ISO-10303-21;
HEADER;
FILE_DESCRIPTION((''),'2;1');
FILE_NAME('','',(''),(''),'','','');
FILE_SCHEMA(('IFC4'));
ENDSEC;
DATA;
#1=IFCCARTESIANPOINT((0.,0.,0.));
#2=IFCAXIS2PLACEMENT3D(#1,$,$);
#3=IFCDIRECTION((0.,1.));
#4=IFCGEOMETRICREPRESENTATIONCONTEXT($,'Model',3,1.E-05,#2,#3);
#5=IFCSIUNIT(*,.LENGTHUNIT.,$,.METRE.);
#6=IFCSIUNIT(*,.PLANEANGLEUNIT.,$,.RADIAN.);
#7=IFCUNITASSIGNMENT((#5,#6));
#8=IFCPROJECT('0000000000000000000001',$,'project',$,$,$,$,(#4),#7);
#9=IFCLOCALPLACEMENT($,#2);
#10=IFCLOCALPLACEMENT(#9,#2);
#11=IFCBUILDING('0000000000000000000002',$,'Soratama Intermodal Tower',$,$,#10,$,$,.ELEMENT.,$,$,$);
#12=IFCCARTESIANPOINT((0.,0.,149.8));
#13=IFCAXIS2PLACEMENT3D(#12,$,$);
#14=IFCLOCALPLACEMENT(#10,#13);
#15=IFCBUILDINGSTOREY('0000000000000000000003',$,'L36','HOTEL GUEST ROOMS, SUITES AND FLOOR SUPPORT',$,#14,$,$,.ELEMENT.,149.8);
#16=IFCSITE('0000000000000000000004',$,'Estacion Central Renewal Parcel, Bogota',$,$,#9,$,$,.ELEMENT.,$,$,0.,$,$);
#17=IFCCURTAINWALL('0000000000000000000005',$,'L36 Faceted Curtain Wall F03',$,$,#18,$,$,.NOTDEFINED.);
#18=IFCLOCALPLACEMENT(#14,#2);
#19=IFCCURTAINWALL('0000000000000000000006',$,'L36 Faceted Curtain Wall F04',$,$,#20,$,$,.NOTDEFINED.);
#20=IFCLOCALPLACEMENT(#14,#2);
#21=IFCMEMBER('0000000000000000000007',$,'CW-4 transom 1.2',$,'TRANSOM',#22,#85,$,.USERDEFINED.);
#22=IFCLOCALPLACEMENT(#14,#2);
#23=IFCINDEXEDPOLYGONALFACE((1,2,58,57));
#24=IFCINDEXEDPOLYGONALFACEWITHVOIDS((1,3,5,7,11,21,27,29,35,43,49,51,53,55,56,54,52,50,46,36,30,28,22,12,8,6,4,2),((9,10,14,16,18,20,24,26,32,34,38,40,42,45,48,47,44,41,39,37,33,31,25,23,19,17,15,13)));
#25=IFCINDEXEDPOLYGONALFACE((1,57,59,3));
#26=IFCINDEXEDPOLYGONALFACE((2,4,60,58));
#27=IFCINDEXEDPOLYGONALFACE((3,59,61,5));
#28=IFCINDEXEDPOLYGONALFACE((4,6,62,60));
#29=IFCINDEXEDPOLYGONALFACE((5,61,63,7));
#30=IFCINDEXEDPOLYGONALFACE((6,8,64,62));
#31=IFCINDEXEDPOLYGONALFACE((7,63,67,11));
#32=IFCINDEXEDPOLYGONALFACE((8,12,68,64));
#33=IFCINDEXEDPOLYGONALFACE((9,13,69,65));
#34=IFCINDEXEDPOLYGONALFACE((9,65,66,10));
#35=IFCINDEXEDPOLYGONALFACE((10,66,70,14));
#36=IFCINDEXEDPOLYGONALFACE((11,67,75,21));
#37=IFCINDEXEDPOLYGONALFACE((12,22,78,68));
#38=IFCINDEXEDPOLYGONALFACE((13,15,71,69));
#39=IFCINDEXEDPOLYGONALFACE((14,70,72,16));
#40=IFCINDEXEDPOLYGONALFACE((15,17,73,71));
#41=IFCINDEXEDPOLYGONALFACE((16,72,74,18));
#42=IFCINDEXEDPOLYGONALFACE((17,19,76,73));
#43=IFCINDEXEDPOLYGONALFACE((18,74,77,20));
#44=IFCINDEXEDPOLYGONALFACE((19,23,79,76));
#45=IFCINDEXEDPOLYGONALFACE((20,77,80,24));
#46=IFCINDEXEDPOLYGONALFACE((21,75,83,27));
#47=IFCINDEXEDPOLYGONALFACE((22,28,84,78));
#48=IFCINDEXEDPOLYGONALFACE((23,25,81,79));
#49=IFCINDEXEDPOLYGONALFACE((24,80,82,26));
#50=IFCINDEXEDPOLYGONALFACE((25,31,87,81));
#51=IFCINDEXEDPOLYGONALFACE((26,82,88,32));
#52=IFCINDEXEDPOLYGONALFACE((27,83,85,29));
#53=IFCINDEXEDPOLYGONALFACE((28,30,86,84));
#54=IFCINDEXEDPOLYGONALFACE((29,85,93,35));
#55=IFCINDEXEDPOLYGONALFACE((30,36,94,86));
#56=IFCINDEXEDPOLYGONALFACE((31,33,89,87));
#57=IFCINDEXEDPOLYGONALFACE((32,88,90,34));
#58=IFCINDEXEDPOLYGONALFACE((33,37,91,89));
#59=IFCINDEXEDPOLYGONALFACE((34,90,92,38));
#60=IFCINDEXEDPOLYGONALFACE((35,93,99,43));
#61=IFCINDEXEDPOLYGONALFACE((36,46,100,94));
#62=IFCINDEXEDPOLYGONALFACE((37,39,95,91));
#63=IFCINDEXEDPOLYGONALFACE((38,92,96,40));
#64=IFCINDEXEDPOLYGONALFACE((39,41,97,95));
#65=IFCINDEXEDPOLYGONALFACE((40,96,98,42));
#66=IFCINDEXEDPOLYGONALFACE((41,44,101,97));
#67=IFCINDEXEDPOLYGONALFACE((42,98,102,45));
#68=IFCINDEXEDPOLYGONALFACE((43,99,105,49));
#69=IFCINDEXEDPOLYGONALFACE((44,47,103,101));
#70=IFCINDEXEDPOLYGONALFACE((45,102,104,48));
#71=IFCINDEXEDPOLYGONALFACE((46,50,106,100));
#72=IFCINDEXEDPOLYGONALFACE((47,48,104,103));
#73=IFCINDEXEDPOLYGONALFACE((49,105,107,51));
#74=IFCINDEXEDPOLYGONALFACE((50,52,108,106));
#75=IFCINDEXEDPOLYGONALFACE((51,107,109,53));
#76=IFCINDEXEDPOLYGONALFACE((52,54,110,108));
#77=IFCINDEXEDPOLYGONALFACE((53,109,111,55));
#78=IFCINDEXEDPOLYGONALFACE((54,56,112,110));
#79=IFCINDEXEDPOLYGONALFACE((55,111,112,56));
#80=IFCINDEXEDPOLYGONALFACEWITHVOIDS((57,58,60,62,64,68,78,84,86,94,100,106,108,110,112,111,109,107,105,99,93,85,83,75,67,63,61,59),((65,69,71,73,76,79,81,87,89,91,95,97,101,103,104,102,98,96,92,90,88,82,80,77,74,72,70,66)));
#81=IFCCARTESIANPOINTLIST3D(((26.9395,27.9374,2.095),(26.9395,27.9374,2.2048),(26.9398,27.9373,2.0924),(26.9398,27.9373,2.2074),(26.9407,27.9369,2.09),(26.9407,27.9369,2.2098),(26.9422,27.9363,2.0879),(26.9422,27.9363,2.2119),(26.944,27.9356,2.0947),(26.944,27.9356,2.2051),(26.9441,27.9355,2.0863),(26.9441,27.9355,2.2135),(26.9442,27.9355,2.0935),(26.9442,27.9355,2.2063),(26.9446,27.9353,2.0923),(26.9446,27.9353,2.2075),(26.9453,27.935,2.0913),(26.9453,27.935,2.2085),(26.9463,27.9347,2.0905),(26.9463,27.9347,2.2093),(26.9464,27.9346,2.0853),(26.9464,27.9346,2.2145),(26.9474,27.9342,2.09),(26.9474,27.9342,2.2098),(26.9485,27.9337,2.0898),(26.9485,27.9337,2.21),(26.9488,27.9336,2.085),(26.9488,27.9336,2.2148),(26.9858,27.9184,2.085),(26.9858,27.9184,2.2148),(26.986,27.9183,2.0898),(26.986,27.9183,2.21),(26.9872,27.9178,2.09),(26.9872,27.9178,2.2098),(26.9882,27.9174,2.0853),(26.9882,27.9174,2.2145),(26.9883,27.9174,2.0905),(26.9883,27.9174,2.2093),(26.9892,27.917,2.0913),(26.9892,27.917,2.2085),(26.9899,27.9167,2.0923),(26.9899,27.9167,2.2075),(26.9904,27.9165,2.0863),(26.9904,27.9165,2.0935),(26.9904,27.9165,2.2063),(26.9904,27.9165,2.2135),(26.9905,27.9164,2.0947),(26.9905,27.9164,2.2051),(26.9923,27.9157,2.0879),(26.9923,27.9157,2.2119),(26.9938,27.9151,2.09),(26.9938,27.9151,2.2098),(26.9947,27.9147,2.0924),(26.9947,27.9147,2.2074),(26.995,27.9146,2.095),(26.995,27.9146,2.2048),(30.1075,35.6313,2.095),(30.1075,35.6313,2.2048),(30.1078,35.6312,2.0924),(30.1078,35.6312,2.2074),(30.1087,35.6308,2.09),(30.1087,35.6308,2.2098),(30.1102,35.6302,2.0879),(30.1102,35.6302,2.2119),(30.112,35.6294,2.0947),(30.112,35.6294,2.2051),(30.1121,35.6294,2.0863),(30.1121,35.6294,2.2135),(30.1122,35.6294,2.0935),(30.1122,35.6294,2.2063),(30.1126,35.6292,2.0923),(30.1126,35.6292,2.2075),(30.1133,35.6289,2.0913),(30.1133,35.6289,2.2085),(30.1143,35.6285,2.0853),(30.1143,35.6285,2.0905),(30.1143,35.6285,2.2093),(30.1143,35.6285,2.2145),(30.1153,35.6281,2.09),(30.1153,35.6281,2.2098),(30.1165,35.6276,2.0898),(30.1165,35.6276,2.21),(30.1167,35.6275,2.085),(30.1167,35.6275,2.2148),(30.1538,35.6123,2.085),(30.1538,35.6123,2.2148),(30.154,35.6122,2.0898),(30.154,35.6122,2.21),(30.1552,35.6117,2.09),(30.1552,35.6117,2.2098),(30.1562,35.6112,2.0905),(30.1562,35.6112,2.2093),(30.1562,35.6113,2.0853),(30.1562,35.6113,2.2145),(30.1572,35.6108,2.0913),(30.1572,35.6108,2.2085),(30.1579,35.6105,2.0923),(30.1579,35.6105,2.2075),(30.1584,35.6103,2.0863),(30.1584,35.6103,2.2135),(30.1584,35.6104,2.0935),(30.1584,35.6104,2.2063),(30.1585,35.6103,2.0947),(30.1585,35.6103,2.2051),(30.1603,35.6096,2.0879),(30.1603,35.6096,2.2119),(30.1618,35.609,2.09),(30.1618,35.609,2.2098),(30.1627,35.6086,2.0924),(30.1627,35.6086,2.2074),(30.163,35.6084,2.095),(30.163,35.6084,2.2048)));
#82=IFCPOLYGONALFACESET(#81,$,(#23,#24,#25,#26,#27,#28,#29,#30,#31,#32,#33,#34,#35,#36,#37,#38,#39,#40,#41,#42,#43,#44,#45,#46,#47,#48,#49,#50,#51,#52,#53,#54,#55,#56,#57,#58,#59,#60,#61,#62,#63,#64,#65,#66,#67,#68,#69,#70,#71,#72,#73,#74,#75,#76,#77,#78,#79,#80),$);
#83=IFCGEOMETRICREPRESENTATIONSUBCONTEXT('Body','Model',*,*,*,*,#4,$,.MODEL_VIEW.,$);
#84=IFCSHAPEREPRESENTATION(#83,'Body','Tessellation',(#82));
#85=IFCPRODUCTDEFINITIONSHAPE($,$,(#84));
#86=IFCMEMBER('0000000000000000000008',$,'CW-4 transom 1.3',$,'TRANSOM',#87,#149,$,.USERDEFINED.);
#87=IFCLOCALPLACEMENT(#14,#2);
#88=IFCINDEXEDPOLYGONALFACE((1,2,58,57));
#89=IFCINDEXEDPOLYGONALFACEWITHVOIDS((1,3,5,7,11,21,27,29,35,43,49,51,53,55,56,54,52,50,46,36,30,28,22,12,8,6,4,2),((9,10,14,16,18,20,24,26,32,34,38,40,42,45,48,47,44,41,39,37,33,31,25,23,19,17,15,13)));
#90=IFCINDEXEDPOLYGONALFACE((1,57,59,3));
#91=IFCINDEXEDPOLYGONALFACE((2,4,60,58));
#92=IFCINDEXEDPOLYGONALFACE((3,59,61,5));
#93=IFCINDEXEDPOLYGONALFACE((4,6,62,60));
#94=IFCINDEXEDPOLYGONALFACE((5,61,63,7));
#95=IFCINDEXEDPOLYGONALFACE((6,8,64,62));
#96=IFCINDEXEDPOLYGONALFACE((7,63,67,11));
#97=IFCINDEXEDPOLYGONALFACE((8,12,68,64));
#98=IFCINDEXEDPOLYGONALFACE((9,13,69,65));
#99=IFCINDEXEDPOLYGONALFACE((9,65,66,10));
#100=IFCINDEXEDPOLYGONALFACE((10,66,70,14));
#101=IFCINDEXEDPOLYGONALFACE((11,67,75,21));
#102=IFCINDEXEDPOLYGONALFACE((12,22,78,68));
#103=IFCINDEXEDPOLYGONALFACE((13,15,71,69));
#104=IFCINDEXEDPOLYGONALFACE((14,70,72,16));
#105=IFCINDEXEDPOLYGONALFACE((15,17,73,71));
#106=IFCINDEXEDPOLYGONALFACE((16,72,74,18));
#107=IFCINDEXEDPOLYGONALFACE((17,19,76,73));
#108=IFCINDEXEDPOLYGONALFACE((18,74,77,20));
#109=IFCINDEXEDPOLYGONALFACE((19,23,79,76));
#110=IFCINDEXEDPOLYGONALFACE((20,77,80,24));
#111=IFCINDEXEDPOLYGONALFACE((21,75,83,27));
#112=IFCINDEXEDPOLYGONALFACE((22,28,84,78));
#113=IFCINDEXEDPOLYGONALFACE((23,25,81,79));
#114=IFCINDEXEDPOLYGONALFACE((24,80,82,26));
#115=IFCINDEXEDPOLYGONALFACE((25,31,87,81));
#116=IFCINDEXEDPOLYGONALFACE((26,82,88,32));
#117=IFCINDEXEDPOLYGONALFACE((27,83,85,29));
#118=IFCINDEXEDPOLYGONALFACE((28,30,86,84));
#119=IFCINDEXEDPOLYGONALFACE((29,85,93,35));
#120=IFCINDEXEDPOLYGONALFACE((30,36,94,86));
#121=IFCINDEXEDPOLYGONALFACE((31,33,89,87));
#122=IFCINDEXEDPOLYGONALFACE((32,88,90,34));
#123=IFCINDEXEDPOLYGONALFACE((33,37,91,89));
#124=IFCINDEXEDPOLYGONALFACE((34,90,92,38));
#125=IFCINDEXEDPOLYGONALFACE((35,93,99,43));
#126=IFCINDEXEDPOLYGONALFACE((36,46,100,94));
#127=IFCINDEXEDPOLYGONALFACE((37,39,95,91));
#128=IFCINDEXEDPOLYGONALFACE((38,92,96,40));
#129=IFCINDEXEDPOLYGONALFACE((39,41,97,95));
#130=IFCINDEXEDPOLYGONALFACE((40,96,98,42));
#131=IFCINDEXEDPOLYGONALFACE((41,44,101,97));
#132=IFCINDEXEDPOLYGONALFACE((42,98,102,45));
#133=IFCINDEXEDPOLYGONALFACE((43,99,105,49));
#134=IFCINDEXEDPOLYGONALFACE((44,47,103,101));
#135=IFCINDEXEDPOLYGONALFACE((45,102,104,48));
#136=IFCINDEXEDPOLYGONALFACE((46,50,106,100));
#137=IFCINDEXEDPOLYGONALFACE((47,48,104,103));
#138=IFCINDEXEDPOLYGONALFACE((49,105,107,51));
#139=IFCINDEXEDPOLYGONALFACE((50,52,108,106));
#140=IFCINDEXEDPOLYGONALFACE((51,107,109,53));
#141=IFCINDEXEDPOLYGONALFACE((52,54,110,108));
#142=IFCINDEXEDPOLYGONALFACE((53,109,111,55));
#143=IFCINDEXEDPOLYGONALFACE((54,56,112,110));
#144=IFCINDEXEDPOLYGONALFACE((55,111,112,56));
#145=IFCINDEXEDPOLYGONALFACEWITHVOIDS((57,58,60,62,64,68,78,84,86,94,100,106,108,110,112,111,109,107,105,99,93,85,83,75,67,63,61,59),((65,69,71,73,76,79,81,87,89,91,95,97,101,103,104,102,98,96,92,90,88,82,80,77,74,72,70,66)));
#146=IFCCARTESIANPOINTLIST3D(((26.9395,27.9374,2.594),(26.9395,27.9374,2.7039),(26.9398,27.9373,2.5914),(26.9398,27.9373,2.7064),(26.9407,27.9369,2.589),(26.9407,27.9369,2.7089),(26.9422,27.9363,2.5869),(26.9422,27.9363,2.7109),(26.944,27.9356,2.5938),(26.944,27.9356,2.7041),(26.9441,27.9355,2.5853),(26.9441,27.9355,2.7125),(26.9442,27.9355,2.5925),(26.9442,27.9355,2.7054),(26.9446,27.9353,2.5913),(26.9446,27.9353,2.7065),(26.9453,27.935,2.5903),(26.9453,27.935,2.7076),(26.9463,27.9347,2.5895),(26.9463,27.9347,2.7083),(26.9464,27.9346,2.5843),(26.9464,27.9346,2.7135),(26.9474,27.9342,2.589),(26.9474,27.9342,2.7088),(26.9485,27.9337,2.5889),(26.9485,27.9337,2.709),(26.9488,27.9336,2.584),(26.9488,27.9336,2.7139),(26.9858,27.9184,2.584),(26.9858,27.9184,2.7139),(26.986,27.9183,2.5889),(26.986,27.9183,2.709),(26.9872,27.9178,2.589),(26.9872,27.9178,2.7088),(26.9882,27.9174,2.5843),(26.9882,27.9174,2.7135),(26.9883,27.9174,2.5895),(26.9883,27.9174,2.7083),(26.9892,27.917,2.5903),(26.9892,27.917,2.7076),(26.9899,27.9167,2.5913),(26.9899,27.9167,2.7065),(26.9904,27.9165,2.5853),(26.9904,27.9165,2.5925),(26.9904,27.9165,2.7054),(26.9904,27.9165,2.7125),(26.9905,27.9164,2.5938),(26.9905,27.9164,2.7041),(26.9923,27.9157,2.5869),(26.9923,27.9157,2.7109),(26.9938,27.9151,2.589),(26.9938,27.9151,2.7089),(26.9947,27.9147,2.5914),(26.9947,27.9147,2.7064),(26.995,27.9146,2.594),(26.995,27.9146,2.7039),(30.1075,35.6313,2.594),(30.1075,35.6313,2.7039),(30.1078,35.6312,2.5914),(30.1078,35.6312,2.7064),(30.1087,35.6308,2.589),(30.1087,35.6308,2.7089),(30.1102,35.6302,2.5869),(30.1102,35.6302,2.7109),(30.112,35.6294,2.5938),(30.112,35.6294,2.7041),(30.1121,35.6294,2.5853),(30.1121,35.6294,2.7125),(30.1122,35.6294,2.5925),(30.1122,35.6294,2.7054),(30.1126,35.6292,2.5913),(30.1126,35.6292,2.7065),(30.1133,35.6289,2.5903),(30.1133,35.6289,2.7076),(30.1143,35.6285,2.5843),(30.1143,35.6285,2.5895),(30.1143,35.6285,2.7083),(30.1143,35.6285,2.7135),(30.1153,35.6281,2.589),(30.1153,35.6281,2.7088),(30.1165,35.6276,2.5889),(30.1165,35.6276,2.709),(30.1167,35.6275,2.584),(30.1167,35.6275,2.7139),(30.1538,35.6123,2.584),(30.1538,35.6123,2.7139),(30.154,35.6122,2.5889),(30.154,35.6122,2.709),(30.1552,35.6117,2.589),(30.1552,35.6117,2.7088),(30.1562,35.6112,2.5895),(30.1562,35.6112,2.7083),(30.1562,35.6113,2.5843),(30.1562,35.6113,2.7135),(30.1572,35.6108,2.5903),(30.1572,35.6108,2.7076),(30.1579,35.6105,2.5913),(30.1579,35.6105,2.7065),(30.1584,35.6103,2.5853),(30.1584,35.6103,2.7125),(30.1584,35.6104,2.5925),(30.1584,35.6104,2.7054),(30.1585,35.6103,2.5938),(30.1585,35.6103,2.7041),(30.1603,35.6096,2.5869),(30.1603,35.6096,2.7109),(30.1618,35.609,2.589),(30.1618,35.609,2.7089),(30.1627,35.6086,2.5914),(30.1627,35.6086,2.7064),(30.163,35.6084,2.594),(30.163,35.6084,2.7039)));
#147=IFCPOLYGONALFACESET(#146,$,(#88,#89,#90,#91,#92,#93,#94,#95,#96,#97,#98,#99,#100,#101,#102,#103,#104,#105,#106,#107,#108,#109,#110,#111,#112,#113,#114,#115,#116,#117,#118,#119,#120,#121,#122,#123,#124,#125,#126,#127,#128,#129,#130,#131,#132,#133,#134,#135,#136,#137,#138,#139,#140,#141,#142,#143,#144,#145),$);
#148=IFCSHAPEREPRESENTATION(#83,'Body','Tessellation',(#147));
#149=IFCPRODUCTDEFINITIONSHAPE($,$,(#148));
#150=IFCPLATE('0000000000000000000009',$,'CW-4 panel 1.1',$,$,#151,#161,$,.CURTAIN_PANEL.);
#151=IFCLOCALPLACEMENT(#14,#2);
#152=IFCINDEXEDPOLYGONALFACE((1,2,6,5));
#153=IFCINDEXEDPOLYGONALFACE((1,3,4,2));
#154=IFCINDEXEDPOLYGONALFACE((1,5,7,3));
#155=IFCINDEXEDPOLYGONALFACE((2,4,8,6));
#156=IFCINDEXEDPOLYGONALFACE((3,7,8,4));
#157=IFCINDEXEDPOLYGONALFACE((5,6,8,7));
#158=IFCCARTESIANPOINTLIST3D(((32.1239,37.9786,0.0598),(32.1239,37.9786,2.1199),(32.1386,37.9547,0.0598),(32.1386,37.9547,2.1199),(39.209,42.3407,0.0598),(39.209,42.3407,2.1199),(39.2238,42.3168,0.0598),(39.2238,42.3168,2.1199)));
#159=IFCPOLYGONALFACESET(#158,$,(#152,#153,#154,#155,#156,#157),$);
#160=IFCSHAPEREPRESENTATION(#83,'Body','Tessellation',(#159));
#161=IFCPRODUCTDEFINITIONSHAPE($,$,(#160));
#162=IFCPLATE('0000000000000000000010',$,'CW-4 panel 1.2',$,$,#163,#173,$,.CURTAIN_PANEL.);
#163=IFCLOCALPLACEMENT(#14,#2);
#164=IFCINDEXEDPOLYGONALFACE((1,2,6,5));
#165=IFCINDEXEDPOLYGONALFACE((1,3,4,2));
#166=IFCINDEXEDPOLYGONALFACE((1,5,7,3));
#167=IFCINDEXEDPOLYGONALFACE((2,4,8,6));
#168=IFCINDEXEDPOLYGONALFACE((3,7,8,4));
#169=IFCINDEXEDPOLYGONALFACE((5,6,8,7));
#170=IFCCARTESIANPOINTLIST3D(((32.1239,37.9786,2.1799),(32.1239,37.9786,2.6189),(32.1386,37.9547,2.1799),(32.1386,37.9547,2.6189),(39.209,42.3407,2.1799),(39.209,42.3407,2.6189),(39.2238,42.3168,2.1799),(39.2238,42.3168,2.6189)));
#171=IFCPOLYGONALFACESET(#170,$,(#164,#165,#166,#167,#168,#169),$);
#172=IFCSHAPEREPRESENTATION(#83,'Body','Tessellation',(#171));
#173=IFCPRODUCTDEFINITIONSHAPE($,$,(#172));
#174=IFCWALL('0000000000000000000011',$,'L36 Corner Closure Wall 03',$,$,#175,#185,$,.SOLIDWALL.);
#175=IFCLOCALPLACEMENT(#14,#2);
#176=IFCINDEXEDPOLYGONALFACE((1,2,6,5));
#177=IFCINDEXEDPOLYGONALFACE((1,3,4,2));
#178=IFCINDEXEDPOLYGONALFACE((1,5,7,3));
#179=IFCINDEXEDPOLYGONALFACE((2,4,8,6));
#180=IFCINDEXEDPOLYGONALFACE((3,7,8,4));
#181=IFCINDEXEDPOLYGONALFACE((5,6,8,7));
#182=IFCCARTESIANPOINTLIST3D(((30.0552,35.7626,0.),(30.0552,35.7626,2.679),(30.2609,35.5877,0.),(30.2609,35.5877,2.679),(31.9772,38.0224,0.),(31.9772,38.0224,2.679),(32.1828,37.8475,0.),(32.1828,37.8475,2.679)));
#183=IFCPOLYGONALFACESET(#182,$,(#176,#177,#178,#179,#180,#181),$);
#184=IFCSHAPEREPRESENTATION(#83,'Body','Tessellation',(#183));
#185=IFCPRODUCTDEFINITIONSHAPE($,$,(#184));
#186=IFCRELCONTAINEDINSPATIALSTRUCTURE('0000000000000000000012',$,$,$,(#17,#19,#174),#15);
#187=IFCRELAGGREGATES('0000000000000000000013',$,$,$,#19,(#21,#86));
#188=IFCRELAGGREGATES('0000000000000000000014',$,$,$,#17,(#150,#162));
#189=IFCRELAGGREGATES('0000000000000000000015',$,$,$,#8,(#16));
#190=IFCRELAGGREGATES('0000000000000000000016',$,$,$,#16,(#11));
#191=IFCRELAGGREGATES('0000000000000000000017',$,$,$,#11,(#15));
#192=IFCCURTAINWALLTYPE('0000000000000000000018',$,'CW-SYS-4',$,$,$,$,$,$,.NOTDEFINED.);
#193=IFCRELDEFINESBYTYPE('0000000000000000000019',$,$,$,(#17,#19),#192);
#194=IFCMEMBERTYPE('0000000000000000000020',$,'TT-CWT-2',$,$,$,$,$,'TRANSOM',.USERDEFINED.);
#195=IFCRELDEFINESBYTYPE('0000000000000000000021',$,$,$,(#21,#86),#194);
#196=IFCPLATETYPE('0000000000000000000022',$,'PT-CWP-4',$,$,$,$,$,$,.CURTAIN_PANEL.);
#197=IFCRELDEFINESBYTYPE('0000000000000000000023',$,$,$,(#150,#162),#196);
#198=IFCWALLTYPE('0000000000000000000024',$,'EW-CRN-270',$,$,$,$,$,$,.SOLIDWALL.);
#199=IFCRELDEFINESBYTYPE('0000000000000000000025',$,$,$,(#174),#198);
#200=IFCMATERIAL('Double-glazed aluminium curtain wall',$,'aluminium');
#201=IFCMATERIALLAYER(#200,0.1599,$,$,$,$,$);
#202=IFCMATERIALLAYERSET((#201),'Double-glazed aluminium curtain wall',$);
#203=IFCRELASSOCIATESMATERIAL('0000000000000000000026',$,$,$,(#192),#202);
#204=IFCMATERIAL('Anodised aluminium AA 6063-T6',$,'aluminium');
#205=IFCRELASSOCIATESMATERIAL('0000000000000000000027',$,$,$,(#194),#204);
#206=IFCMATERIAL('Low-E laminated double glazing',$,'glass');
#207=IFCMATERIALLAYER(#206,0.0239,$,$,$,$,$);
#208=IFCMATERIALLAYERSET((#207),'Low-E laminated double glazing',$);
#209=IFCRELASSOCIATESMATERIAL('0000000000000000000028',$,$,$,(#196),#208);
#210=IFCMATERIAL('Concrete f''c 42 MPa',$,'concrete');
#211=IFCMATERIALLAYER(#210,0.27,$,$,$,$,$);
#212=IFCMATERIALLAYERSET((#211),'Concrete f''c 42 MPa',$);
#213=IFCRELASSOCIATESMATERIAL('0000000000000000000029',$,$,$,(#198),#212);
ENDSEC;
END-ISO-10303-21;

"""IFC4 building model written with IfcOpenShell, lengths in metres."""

from ifc_helpers import new_model, si_unit, direction, frame, frame_2d, origin, origin_2d, place, context, subcontext, project, spatial, rectangle, hollow_rectangle, extrude, material, layer, layer_set, material_profile, profile_set, type_object, element, aggregate, save


model = new_model("IFC4")

# Units and contexts
model_context = context("Model", 3, precision=1e-05, world=origin(), true_north=direction((0.0, 1.0)))
body_context = subcontext(model_context, "Body", "Model", "MODEL_VIEW")
ifc_project = project(units=[si_unit("LENGTHUNIT", "METRE"), si_unit("PLANEANGLEUNIT", "RADIAN")], contexts=[model_context])

# Site, building, storey
site_placement = place(None, origin())
site = spatial("IfcSite", under=ifc_project, at=site_placement, Name="Estacion Central Renewal Parcel, Bogota", CompositionType="ELEMENT", RefElevation=0.0)
building_placement = place(site_placement, origin())
building = spatial("IfcBuilding", under=site, at=building_placement, Name="Soratama Intermodal Tower", CompositionType="ELEMENT")
storey_placement = place(building_placement, frame((0.0, 0.0, 149.8)))
storey = spatial("IfcBuildingStorey", under=building, at=storey_placement, Name="L36", Description="HOTEL GUEST ROOMS, SUITES AND FLOOR SUPPORT", CompositionType="ELEMENT", Elevation=149.8)

# Curtain wall
ifc_material_1 = material(Name="Double-glazed aluminium curtain wall", Category="aluminium")
ifc_layer_1 = layer(ifc_material_1, 0.1599)
ifc_layer_set_1 = layer_set([ifc_layer_1], Name="Double-glazed aluminium curtain wall")
curtain_wall_type = type_object("IfcCurtainWallType", Name="CW-SYS-4", PredefinedType="NOTDEFINED", material=ifc_layer_set_1)
curtain_wall_1_placement = place(storey_placement, origin())
curtain_wall_1 = element("IfcCurtainWall", 1, at=curtain_wall_1_placement, inside=storey, type_object=curtain_wall_type, Name="L36 Faceted Curtain Wall F03", PredefinedType="NOTDEFINED")

# Curtain wall
curtain_wall_2_placement = place(storey_placement, origin())
curtain_wall_2 = element("IfcCurtainWall", 2, at=curtain_wall_2_placement, inside=storey, type_object=curtain_wall_type, Name="L36 Faceted Curtain Wall F04", PredefinedType="NOTDEFINED")

# Members
ifc_material_2 = material(Name="Anodised aluminium AA 6063-T6", Category="aluminium")
ifc_material_profile_1 = material_profile(ifc_material_2, hollow_rectangle(XDim=0.0601, YDim=0.1299, WallThickness=0.0049, InnerFilletRadius=0.0049, OuterFilletRadius=0.01, at=origin_2d()), Name="CWT130X60X5")
ifc_profile_set_1 = profile_set([ifc_material_profile_1], Name="Anodised aluminium AA 6063-T6")
member_type_1 = type_object("IfcMemberType", Name="TT-CWT-2", ElementType="TRANSOM", PredefinedType="USERDEFINED", material=ifc_profile_set_1)
member_1_placement = place(storey_placement, frame((30.1353, 35.6199, 2.1499), z_axis=(-0.380741, -0.924682, 0.0), x_axis=(0.924682, -0.380741, 0.0)))
member_1 = element("IfcMember", 3, at=member_1_placement, type_object=member_type_1, Name="CW-4 transom 1.2", ObjectType="TRANSOM", PredefinedType="USERDEFINED", context=body_context, shape_type="SweptSolid", body=[
    extrude(hollow_rectangle(XDim=0.0601, YDim=0.1299, WallThickness=0.0049, InnerFilletRadius=0.0049, OuterFilletRadius=0.01, at=origin_2d()), origin(), (0.0, 0.0, 1.0), 8.3206),
])
member_2_placement = place(storey_placement, frame((30.1353, 35.6199, 2.6489), z_axis=(-0.380741, -0.924682, 0.0), x_axis=(0.924682, -0.380741, 0.0)))
member_2 = element("IfcMember", 4, at=member_2_placement, type_object=member_type_1, Name="CW-4 transom 1.3", ObjectType="TRANSOM", PredefinedType="USERDEFINED", context=body_context, shape_type="SweptSolid", body=[
    extrude(hollow_rectangle(XDim=0.0601, YDim=0.1299, WallThickness=0.0049, InnerFilletRadius=0.0049, OuterFilletRadius=0.01, at=origin_2d()), origin(), (0.0, 0.0, 1.0), 8.3206),
])
aggregate(curtain_wall_2, [member_1, member_2])

# Plates
ifc_material_3 = material(Name="Low-E laminated double glazing", Category="glass")
ifc_layer_2 = layer(ifc_material_3, 0.0239)
ifc_layer_set_2 = layer_set([ifc_layer_2], Name="Low-E laminated double glazing")
plate_type = type_object("IfcPlateType", Name="PT-CWP-4", PredefinedType="CURTAIN_PANEL", material=ifc_layer_set_2)
plate_1_placement = place(storey_placement, frame((35.6738, 40.1477, 0.0598), z_axis=(0.0, 0.0, 1.0), x_axis=(-0.851548, -0.524277, 0.0)))
plate_1 = element("IfcPlate", 5, at=plate_1_placement, type_object=plate_type, Name="CW-4 panel 1.1", PredefinedType="CURTAIN_PANEL", context=body_context, shape_type="SweptSolid", body=[
    extrude(rectangle(XDim=8.3203, YDim=0.0281, at=origin_2d()), origin(), (0.0, 0.0, 1.0), 2.0601),
])
plate_2_placement = place(storey_placement, frame((35.6738, 40.1477, 2.1799), z_axis=(0.0, 0.0, 1.0), x_axis=(-0.851548, -0.524277, 0.0)))
plate_2 = element("IfcPlate", 6, at=plate_2_placement, type_object=plate_type, Name="CW-4 panel 1.2", PredefinedType="CURTAIN_PANEL", context=body_context, shape_type="SweptSolid", body=[
    extrude(rectangle(XDim=8.3203, YDim=0.0281, at=origin_2d()), origin(), (0.0, 0.0, 1.0), 0.439),
])
aggregate(curtain_wall_1, [plate_1, plate_2])

# Wall
ifc_material_4 = material(Name="Concrete f'c 42 MPa", Category="concrete")
ifc_layer_3 = layer(ifc_material_4, 0.27)
ifc_layer_set_3 = layer_set([ifc_layer_3], Name="Concrete f'c 42 MPa")
wall_type_1 = type_object("IfcWallType", Name="EW-CRN-270", PredefinedType="SOLIDWALL", material=ifc_layer_set_3)
wall_1_placement = place(storey_placement, frame((32.0801, 37.9351, 0.0), z_axis=(0.0, 0.0, 1.0), x_axis=(-0.647859, -0.761761, 0.0)))
element("IfcWall", 7, at=wall_1_placement, inside=storey, type_object=wall_type_1, Name="L36 Corner Closure Wall 03", PredefinedType="SOLIDWALL", context=body_context, shape_type="SweptSolid", body=[
    extrude(rectangle(XDim=2.9666, YDim=0.27, at=frame_2d((1.4834, 0.0))), origin(), (0.0, 0.0, 1.0), 2.679),
])

save(model, "model.ifc")
